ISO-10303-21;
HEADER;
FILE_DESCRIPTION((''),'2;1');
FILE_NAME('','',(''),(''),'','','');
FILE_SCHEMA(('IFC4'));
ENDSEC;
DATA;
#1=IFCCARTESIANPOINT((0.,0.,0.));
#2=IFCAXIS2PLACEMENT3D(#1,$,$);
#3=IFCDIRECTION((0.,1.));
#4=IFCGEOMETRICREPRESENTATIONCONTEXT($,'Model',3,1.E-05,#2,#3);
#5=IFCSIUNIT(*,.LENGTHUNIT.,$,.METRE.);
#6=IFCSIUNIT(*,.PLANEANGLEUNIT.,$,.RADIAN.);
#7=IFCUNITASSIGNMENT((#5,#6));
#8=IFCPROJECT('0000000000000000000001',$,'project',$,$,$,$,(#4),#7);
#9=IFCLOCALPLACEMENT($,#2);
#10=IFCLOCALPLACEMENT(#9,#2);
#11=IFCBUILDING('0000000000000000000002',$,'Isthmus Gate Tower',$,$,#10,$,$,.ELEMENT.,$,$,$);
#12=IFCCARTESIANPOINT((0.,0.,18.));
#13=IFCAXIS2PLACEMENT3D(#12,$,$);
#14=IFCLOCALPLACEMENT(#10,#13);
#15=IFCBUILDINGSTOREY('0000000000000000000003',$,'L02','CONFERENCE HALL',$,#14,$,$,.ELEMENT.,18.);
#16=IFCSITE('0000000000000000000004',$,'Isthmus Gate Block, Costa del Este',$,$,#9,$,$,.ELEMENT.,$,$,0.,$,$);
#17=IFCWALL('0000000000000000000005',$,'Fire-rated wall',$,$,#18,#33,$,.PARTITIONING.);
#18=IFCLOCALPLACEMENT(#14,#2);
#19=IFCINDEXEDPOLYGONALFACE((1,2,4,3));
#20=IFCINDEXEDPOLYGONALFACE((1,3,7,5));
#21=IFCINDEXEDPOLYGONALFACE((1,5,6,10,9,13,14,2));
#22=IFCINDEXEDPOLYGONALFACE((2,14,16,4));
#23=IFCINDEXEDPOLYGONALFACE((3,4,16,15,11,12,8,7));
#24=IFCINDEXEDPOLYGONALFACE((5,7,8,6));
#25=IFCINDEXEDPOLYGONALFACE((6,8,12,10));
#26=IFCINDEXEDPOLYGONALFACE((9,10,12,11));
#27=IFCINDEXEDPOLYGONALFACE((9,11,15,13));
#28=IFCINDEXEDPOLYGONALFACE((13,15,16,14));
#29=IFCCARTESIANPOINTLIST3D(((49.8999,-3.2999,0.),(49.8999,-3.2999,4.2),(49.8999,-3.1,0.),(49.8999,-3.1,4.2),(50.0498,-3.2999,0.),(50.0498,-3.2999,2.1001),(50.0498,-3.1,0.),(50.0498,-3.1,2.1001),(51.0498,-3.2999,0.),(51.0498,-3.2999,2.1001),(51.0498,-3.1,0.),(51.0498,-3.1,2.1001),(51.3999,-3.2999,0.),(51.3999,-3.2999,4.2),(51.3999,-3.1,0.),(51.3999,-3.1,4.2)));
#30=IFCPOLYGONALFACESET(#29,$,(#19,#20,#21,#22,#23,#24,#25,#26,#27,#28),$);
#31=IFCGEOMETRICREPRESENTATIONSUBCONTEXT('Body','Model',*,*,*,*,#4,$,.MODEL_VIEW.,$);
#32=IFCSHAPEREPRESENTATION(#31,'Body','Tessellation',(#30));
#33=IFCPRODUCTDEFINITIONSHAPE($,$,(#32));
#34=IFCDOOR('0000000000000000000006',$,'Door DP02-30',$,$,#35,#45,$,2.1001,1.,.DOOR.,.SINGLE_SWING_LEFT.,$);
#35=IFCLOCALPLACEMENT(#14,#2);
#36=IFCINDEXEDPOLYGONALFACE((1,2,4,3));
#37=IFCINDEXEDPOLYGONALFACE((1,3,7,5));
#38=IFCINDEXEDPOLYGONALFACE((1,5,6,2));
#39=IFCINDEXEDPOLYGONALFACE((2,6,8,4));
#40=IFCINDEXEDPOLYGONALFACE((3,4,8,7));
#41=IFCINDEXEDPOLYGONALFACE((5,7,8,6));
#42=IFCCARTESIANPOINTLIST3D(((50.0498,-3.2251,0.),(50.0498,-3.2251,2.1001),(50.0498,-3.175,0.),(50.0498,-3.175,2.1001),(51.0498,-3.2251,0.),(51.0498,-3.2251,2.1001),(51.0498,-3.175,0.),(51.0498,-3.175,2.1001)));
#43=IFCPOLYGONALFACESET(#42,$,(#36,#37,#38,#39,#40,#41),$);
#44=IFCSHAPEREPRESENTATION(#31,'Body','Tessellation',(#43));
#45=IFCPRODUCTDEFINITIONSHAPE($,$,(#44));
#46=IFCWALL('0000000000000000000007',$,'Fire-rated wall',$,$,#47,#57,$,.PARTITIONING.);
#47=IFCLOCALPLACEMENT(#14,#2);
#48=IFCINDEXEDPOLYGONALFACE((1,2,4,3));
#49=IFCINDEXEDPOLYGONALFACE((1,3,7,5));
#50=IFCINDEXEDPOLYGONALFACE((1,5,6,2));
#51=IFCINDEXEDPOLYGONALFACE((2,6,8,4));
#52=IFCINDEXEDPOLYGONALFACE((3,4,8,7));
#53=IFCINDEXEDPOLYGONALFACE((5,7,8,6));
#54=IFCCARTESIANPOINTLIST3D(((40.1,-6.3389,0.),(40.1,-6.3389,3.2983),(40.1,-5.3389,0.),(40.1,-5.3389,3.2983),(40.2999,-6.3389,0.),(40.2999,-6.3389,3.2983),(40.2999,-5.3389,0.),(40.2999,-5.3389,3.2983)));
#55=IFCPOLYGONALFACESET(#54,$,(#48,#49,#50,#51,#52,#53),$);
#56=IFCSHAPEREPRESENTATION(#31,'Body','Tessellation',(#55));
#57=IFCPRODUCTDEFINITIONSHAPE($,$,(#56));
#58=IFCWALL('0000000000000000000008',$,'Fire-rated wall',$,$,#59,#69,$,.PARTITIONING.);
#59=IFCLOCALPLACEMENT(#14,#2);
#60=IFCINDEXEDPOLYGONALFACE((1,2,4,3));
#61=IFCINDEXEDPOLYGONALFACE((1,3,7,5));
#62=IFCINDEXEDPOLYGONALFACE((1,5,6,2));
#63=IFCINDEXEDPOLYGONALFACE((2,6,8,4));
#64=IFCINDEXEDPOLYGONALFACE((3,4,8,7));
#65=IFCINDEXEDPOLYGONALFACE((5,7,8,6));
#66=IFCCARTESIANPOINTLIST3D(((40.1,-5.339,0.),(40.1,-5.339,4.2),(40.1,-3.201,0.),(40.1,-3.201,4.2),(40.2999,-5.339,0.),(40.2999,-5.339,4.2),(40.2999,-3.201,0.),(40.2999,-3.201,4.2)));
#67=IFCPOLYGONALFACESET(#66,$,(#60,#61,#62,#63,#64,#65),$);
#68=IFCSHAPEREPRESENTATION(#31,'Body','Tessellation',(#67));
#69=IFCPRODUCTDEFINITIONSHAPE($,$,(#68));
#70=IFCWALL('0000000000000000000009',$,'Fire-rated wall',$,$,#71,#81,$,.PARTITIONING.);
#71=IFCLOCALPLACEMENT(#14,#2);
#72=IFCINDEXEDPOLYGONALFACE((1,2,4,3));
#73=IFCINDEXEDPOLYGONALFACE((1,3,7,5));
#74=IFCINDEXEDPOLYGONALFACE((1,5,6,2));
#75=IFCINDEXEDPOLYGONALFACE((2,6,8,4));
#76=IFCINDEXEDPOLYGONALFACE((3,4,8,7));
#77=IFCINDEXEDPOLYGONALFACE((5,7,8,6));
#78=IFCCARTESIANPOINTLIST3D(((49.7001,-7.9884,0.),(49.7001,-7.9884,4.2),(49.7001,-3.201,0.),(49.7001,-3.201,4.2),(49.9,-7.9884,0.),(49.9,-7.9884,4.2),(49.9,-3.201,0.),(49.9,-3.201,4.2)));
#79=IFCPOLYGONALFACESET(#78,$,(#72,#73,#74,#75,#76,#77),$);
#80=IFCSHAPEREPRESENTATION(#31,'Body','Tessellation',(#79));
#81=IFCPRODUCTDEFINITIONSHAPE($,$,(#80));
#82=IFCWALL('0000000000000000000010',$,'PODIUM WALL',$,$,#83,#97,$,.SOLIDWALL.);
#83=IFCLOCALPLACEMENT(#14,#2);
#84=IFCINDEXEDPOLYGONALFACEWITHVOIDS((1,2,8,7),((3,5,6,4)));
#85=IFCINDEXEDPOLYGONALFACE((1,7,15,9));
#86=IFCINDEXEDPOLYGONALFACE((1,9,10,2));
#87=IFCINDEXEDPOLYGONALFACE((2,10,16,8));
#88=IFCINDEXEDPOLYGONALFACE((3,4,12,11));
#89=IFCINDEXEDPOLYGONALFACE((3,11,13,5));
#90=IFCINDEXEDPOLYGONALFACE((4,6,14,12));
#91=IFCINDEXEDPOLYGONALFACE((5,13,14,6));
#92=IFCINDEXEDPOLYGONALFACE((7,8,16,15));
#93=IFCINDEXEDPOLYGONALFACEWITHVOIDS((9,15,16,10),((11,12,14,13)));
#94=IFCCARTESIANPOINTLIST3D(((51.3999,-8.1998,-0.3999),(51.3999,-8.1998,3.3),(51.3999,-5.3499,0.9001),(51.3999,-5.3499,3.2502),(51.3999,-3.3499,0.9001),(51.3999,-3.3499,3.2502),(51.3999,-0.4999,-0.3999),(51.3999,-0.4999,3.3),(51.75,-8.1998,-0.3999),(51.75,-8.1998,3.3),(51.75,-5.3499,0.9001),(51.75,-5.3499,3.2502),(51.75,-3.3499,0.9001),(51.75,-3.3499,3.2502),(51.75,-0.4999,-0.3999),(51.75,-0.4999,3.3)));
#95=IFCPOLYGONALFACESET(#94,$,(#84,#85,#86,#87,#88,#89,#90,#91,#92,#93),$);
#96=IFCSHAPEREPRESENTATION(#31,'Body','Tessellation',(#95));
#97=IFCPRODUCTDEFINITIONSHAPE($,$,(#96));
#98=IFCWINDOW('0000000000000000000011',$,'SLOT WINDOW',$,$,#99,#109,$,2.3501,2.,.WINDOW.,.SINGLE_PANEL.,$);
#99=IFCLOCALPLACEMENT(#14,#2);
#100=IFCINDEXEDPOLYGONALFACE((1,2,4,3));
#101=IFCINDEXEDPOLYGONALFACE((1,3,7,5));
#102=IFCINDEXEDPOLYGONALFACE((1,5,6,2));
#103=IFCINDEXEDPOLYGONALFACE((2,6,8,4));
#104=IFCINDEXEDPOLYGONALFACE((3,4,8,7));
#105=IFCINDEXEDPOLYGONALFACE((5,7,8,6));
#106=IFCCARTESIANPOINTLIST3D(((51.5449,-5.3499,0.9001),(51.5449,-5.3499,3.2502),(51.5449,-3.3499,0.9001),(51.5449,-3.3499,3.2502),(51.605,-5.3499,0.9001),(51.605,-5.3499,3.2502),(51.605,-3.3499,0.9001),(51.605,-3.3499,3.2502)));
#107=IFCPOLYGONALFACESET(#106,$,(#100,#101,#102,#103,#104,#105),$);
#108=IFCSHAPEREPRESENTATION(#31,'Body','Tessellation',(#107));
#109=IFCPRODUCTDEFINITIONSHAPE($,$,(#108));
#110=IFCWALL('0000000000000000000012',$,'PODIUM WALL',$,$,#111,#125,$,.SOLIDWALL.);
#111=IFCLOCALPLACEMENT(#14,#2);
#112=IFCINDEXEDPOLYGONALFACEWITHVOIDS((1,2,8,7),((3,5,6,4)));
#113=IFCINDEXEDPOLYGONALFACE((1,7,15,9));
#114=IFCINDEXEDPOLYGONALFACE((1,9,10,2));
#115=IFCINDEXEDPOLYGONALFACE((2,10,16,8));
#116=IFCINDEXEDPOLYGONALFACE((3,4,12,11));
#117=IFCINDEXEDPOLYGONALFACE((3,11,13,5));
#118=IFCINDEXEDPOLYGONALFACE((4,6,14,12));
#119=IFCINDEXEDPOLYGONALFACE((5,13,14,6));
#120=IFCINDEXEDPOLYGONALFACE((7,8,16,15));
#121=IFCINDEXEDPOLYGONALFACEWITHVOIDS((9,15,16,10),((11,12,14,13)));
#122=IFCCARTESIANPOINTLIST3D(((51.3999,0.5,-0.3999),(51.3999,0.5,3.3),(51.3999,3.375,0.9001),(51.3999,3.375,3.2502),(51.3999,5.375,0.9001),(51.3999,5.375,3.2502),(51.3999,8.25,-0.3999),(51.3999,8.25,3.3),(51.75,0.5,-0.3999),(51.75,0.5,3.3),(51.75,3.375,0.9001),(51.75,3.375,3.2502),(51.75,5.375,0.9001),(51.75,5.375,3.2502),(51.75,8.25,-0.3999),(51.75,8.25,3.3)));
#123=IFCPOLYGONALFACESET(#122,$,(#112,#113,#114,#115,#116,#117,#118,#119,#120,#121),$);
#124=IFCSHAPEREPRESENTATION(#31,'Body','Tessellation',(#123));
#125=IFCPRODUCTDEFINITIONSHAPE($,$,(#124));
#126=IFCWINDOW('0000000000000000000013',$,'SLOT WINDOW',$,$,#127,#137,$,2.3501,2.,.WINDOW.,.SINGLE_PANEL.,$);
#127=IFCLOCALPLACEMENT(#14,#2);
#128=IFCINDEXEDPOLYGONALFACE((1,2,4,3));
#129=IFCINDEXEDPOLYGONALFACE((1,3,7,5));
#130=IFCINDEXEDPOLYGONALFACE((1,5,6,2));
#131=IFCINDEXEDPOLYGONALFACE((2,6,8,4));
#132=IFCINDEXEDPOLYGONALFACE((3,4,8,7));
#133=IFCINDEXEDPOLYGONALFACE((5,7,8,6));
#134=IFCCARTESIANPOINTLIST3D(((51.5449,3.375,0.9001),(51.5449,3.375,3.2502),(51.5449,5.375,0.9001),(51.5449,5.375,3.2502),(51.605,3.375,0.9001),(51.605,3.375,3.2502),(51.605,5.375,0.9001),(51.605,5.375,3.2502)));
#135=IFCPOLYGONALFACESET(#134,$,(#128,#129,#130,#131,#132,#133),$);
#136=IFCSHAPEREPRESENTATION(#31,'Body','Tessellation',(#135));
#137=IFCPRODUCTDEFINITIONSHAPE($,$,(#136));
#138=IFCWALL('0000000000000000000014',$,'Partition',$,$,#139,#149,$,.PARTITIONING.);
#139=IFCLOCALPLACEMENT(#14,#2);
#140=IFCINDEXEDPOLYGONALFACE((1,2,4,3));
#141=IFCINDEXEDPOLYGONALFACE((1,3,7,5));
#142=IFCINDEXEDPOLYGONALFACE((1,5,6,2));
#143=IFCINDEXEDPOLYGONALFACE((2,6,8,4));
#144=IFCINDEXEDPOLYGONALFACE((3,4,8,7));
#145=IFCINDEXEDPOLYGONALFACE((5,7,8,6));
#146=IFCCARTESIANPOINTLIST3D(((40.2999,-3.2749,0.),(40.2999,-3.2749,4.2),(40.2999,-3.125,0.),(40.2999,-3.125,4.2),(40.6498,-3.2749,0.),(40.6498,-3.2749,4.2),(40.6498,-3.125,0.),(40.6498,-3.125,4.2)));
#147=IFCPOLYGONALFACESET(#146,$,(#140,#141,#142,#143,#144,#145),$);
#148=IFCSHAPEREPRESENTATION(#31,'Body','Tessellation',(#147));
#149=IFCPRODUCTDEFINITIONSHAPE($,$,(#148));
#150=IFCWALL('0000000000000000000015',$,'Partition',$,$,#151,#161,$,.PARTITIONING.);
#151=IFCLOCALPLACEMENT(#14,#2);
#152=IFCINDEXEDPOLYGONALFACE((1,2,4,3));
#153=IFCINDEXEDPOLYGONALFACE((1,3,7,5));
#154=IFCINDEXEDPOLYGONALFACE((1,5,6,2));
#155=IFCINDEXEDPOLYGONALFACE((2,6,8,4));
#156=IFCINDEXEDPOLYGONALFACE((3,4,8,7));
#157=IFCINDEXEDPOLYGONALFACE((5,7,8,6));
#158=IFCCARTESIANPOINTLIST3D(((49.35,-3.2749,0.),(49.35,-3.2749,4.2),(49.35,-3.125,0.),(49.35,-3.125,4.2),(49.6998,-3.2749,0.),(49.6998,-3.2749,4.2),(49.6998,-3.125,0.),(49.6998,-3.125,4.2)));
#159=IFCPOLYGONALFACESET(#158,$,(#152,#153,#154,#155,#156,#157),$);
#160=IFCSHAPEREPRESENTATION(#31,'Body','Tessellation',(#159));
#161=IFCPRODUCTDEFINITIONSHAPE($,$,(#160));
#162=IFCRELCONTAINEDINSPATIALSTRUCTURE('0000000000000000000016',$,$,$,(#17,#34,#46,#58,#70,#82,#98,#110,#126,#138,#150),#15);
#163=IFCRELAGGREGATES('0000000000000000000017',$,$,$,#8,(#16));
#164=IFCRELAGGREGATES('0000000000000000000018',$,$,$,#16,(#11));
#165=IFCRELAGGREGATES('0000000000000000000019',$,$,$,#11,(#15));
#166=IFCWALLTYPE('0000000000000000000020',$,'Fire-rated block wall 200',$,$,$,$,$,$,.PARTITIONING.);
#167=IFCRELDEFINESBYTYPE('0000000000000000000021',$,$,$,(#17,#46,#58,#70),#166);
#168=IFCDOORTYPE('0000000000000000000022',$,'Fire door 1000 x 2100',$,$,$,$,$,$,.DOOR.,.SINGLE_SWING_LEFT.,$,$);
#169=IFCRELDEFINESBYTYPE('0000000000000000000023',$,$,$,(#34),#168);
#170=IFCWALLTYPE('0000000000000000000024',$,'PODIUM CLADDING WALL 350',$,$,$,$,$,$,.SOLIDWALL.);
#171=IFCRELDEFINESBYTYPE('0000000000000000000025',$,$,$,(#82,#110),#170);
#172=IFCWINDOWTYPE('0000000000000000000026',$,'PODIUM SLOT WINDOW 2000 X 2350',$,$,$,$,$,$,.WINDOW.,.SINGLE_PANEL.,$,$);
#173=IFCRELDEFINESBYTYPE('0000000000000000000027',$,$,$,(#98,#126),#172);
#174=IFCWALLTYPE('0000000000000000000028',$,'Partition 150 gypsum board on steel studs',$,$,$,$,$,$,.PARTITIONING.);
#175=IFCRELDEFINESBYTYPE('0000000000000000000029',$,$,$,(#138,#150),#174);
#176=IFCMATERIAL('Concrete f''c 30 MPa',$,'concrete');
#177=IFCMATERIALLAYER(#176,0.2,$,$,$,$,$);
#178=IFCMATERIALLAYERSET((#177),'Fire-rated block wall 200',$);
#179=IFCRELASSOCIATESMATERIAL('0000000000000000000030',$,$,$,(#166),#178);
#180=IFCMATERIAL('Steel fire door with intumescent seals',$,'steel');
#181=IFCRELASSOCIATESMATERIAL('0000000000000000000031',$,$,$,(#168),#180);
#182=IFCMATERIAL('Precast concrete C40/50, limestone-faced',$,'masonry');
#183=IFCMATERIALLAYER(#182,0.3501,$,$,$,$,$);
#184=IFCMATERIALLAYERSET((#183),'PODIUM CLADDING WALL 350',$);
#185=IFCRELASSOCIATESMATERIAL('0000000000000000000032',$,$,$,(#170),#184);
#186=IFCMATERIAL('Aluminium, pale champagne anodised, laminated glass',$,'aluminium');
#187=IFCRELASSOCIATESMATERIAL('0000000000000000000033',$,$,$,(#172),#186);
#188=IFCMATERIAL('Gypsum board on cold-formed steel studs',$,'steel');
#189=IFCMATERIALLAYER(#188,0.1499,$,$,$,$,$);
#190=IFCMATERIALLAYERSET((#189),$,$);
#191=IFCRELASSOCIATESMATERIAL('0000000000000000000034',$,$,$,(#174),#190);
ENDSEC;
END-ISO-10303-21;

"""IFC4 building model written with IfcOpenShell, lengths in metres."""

from ifc_helpers import new_model, si_unit, direction, frame, frame_2d, origin, place, context, subcontext, project, spatial, rectangle, extrude, material, layer, layer_set, type_object, element, fill, save


model = new_model("IFC4")

# Units and contexts
model_context = context("Model", 3, precision=1e-05, world=origin(), true_north=direction((0.0, 1.0)))
body_context = subcontext(model_context, "Body", "Model", "MODEL_VIEW")
ifc_project = project(units=[si_unit("LENGTHUNIT", "METRE"), si_unit("PLANEANGLEUNIT", "RADIAN")], contexts=[model_context])

# Site, building, storey
site_placement = place(None, origin())
site = spatial("IfcSite", under=ifc_project, at=site_placement, Name="Isthmus Gate Block, Costa del Este", CompositionType="ELEMENT", RefElevation=0.0)
building_placement = place(site_placement, origin())
building = spatial("IfcBuilding", under=site, at=building_placement, Name="Isthmus Gate Tower", CompositionType="ELEMENT")
storey_placement = place(building_placement, frame((0.0, 0.0, 18.0)))
storey = spatial("IfcBuildingStorey", under=building, at=storey_placement, Name="L02", Description="CONFERENCE HALL", CompositionType="ELEMENT", Elevation=18.0)

# Wall, opening, door
ifc_material_1 = material(Name="Concrete f'c 30 MPa", Category="concrete")
ifc_layer_1 = layer(ifc_material_1, 0.2)
ifc_layer_set_1 = layer_set([ifc_layer_1], Name="Fire-rated block wall 200")
wall_type_1 = type_object("IfcWallType", Name="Fire-rated block wall 200", PredefinedType="PARTITIONING", material=ifc_layer_set_1)
wall_1_placement = place(storey_placement, frame((49.8999, -3.2, 0.0), z_axis=(0.0, 0.0, 1.0), x_axis=(1.0, 0.0, 0.0)))
wall_1 = element("IfcWall", 1, at=wall_1_placement, inside=storey, type_object=wall_type_1, Name="Fire-rated wall", PredefinedType="PARTITIONING", context=body_context, shape_type="SweptSolid", body=[
    extrude(rectangle(XDim=1.5, YDim=0.2, at=frame_2d((0.75, 0.0))), origin(), (0.0, 0.0, 1.0), 4.2),
])
opening_1_placement = place(wall_1_placement, frame((0.1499, 0.0, 0.0)))
opening_1 = element("IfcOpeningElement", 2, at=opening_1_placement, cuts=wall_1, PredefinedType="OPENING", context=body_context, shape_type="SweptSolid", body=[
    extrude(rectangle(XDim=1.0, YDim=2.1001, at=frame_2d((0.5, 1.05))), frame((0.0, 0.1099, 0.0), z_axis=(0.0, -1.0, 0.0), x_axis=(1.0, 0.0, 0.0)), (0.0, 0.0, 1.0), 0.22),
])
ifc_material_2 = material(Name="Steel fire door with intumescent seals", Category="steel")
door_type_1 = type_object("IfcDoorType", Name="Fire door 1000 x 2100", OperationType="SINGLE_SWING_LEFT", PredefinedType="DOOR", material=ifc_material_2)
door_1_placement = place(opening_1_placement, origin())
door_1 = element("IfcDoor", 3, at=door_1_placement, inside=storey, type_object=door_type_1, Name="Door DP02-30", OperationType="SINGLE_SWING_LEFT", OverallHeight=2.1001, OverallWidth=1.0, PredefinedType="DOOR", context=body_context, shape_type="SweptSolid", body=[
    extrude(rectangle(XDim=1.0, YDim=2.1001, at=frame_2d((0.5, 1.05))), frame((0.0, 0.0249, 0.0), z_axis=(0.0, -1.0, 0.0), x_axis=(1.0, 0.0, 0.0)), (0.0, 0.0, 1.0), 0.05),
])
fill(opening_1, door_1)

# Walls
wall_2_placement = place(storey_placement, frame((40.2, -6.3389, 0.0), z_axis=(0.0, 0.0, 1.0), x_axis=(0.0, 1.0, 0.0)))
element("IfcWall", 4, at=wall_2_placement, inside=storey, type_object=wall_type_1, Name="Fire-rated wall", PredefinedType="PARTITIONING", context=body_context, shape_type="SweptSolid", body=[
    extrude(rectangle(XDim=1.0, YDim=0.2, at=frame_2d((0.5, 0.0))), origin(), (0.0, 0.0, 1.0), 3.2983),
])
wall_3_placement = place(storey_placement, frame((40.2, -5.3389, 0.0), z_axis=(0.0, 0.0, 1.0), x_axis=(0.0, 1.0, 0.0)))
element("IfcWall", 5, at=wall_3_placement, inside=storey, type_object=wall_type_1, Name="Fire-rated wall", PredefinedType="PARTITIONING", context=body_context, shape_type="SweptSolid", body=[
    extrude(rectangle(XDim=2.1379, YDim=0.2, at=frame_2d((1.0688, 0.0))), origin(), (0.0, 0.0, 1.0), 4.2),
])
wall_4_placement = place(storey_placement, frame((49.8, -7.9883, 0.0), z_axis=(0.0, 0.0, 1.0), x_axis=(0.0, 1.0, 0.0)))
element("IfcWall", 6, at=wall_4_placement, inside=storey, type_object=wall_type_1, Name="Fire-rated wall", PredefinedType="PARTITIONING", context=body_context, shape_type="SweptSolid", body=[
    extrude(rectangle(XDim=4.7874, YDim=0.2, at=frame_2d((2.3936, 0.0))), origin(), (0.0, 0.0, 1.0), 4.2),
])

# Walls, openings, windows
ifc_material_3 = material(Name="Precast concrete C40/50, limestone-faced", Category="masonry")
ifc_layer_2 = layer(ifc_material_3, 0.3501)
ifc_layer_set_2 = layer_set([ifc_layer_2], Name="PODIUM CLADDING WALL 350")
wall_type_2 = type_object("IfcWallType", Name="PODIUM CLADDING WALL 350", PredefinedType="SOLIDWALL", material=ifc_layer_set_2)
wall_5_placement = place(storey_placement, frame((51.575, -8.2, -0.3999), z_axis=(0.0, 0.0, 1.0), x_axis=(0.0, 1.0, 0.0)))
wall_5 = element("IfcWall", 7, at=wall_5_placement, inside=storey, type_object=wall_type_2, Name="PODIUM WALL", PredefinedType="SOLIDWALL", context=body_context, shape_type="SweptSolid", body=[
    extrude(rectangle(XDim=7.7, YDim=0.3501, at=frame_2d((3.8501, 0.0))), origin(), (0.0, 0.0, 1.0), 3.7),
])
opening_2_placement = place(wall_5_placement, frame((2.8501, 0.0, 1.3)))
opening_2 = element("IfcOpeningElement", 8, at=opening_2_placement, cuts=wall_5, PredefinedType="OPENING", context=body_context, shape_type="SweptSolid", body=[
    extrude(rectangle(XDim=2.0, YDim=2.3501, at=frame_2d((1.0, 1.175))), frame((0.0, 0.1851, 0.0), z_axis=(0.0, -1.0, 0.0), x_axis=(1.0, 0.0, 0.0)), (0.0, 0.0, 1.0), 0.3701),
])
ifc_material_4 = material(Name="Aluminium, pale champagne anodised, laminated glass", Category="aluminium")
window_type = type_object("IfcWindowType", Name="PODIUM SLOT WINDOW 2000 X 2350", PartitioningType="SINGLE_PANEL", PredefinedType="WINDOW", material=ifc_material_4)
window_1_placement = place(opening_2_placement, origin())
window_1 = element("IfcWindow", 9, at=window_1_placement, inside=storey, type_object=window_type, Name="SLOT WINDOW", OverallHeight=2.3501, OverallWidth=2.0, PartitioningType="SINGLE_PANEL", PredefinedType="WINDOW", context=body_context, shape_type="SweptSolid", body=[
    extrude(rectangle(XDim=2.0, YDim=2.3501, at=frame_2d((1.0, 1.175))), frame((0.0, 0.03, 0.0), z_axis=(0.0, -1.0, 0.0), x_axis=(1.0, 0.0, 0.0)), (0.0, 0.0, 1.0), 0.0601),
])
fill(opening_2, window_1)
wall_6_placement = place(storey_placement, frame((51.575, 0.5, -0.3999), z_axis=(0.0, 0.0, 1.0), x_axis=(0.0, 1.0, 0.0)))
wall_6 = element("IfcWall", 10, at=wall_6_placement, inside=storey, type_object=wall_type_2, Name="PODIUM WALL", PredefinedType="SOLIDWALL", context=body_context, shape_type="SweptSolid", body=[
    extrude(rectangle(XDim=7.75, YDim=0.3501, at=frame_2d((3.875, 0.0))), origin(), (0.0, 0.0, 1.0), 3.7),
])
opening_3_placement = place(wall_6_placement, frame((2.875, 0.0, 1.3)))
opening_3 = element("IfcOpeningElement", 11, at=opening_3_placement, cuts=wall_6, PredefinedType="OPENING", context=body_context, shape_type="SweptSolid", body=[
    extrude(rectangle(XDim=2.0, YDim=2.3501, at=frame_2d((1.0, 1.175))), frame((0.0, 0.1851, 0.0), z_axis=(0.0, -1.0, 0.0), x_axis=(1.0, 0.0, 0.0)), (0.0, 0.0, 1.0), 0.3701),
])
window_2_placement = place(opening_3_placement, origin())
window_2 = element("IfcWindow", 12, at=window_2_placement, inside=storey, type_object=window_type, Name="SLOT WINDOW", OverallHeight=2.3501, OverallWidth=2.0, PartitioningType="SINGLE_PANEL", PredefinedType="WINDOW", context=body_context, shape_type="SweptSolid", body=[
    extrude(rectangle(XDim=2.0, YDim=2.3501, at=frame_2d((1.0, 1.175))), frame((0.0, 0.03, 0.0), z_axis=(0.0, -1.0, 0.0), x_axis=(1.0, 0.0, 0.0)), (0.0, 0.0, 1.0), 0.0601),
])
fill(opening_3, window_2)

# Walls
ifc_material_5 = material(Name="Gypsum board on cold-formed steel studs", Category="steel")
ifc_layer_3 = layer(ifc_material_5, 0.1499)
ifc_layer_set_3 = layer_set([ifc_layer_3])
wall_type_3 = type_object("IfcWallType", Name="Partition 150 gypsum board on steel studs", PredefinedType="PARTITIONING", material=ifc_layer_set_3)
for number, where, z_axis, x_axis, name in (
    (13, (40.3, -3.2, 0.0), (0.0, 0.0, 1.0), (1.0, 0.0, 0.0), "Partition"),
    (14, (49.3501, -3.2, 0.0), (0.0, 0.0, 1.0), (1.0, 0.0, 0.0), "Partition"),
):
    element("IfcWall", number, at=place(storey_placement, frame(where, z_axis=z_axis, x_axis=x_axis)), inside=storey, type_object=wall_type_3, Name=name, PredefinedType="PARTITIONING", context=body_context, shape_type="SweptSolid", body=[
        extrude(rectangle(XDim=0.3499, YDim=0.1499, at=frame_2d((0.1748, 0.0))), origin(), (0.0, 0.0, 1.0), 4.2),
    ])

save(model, "model.ifc")
